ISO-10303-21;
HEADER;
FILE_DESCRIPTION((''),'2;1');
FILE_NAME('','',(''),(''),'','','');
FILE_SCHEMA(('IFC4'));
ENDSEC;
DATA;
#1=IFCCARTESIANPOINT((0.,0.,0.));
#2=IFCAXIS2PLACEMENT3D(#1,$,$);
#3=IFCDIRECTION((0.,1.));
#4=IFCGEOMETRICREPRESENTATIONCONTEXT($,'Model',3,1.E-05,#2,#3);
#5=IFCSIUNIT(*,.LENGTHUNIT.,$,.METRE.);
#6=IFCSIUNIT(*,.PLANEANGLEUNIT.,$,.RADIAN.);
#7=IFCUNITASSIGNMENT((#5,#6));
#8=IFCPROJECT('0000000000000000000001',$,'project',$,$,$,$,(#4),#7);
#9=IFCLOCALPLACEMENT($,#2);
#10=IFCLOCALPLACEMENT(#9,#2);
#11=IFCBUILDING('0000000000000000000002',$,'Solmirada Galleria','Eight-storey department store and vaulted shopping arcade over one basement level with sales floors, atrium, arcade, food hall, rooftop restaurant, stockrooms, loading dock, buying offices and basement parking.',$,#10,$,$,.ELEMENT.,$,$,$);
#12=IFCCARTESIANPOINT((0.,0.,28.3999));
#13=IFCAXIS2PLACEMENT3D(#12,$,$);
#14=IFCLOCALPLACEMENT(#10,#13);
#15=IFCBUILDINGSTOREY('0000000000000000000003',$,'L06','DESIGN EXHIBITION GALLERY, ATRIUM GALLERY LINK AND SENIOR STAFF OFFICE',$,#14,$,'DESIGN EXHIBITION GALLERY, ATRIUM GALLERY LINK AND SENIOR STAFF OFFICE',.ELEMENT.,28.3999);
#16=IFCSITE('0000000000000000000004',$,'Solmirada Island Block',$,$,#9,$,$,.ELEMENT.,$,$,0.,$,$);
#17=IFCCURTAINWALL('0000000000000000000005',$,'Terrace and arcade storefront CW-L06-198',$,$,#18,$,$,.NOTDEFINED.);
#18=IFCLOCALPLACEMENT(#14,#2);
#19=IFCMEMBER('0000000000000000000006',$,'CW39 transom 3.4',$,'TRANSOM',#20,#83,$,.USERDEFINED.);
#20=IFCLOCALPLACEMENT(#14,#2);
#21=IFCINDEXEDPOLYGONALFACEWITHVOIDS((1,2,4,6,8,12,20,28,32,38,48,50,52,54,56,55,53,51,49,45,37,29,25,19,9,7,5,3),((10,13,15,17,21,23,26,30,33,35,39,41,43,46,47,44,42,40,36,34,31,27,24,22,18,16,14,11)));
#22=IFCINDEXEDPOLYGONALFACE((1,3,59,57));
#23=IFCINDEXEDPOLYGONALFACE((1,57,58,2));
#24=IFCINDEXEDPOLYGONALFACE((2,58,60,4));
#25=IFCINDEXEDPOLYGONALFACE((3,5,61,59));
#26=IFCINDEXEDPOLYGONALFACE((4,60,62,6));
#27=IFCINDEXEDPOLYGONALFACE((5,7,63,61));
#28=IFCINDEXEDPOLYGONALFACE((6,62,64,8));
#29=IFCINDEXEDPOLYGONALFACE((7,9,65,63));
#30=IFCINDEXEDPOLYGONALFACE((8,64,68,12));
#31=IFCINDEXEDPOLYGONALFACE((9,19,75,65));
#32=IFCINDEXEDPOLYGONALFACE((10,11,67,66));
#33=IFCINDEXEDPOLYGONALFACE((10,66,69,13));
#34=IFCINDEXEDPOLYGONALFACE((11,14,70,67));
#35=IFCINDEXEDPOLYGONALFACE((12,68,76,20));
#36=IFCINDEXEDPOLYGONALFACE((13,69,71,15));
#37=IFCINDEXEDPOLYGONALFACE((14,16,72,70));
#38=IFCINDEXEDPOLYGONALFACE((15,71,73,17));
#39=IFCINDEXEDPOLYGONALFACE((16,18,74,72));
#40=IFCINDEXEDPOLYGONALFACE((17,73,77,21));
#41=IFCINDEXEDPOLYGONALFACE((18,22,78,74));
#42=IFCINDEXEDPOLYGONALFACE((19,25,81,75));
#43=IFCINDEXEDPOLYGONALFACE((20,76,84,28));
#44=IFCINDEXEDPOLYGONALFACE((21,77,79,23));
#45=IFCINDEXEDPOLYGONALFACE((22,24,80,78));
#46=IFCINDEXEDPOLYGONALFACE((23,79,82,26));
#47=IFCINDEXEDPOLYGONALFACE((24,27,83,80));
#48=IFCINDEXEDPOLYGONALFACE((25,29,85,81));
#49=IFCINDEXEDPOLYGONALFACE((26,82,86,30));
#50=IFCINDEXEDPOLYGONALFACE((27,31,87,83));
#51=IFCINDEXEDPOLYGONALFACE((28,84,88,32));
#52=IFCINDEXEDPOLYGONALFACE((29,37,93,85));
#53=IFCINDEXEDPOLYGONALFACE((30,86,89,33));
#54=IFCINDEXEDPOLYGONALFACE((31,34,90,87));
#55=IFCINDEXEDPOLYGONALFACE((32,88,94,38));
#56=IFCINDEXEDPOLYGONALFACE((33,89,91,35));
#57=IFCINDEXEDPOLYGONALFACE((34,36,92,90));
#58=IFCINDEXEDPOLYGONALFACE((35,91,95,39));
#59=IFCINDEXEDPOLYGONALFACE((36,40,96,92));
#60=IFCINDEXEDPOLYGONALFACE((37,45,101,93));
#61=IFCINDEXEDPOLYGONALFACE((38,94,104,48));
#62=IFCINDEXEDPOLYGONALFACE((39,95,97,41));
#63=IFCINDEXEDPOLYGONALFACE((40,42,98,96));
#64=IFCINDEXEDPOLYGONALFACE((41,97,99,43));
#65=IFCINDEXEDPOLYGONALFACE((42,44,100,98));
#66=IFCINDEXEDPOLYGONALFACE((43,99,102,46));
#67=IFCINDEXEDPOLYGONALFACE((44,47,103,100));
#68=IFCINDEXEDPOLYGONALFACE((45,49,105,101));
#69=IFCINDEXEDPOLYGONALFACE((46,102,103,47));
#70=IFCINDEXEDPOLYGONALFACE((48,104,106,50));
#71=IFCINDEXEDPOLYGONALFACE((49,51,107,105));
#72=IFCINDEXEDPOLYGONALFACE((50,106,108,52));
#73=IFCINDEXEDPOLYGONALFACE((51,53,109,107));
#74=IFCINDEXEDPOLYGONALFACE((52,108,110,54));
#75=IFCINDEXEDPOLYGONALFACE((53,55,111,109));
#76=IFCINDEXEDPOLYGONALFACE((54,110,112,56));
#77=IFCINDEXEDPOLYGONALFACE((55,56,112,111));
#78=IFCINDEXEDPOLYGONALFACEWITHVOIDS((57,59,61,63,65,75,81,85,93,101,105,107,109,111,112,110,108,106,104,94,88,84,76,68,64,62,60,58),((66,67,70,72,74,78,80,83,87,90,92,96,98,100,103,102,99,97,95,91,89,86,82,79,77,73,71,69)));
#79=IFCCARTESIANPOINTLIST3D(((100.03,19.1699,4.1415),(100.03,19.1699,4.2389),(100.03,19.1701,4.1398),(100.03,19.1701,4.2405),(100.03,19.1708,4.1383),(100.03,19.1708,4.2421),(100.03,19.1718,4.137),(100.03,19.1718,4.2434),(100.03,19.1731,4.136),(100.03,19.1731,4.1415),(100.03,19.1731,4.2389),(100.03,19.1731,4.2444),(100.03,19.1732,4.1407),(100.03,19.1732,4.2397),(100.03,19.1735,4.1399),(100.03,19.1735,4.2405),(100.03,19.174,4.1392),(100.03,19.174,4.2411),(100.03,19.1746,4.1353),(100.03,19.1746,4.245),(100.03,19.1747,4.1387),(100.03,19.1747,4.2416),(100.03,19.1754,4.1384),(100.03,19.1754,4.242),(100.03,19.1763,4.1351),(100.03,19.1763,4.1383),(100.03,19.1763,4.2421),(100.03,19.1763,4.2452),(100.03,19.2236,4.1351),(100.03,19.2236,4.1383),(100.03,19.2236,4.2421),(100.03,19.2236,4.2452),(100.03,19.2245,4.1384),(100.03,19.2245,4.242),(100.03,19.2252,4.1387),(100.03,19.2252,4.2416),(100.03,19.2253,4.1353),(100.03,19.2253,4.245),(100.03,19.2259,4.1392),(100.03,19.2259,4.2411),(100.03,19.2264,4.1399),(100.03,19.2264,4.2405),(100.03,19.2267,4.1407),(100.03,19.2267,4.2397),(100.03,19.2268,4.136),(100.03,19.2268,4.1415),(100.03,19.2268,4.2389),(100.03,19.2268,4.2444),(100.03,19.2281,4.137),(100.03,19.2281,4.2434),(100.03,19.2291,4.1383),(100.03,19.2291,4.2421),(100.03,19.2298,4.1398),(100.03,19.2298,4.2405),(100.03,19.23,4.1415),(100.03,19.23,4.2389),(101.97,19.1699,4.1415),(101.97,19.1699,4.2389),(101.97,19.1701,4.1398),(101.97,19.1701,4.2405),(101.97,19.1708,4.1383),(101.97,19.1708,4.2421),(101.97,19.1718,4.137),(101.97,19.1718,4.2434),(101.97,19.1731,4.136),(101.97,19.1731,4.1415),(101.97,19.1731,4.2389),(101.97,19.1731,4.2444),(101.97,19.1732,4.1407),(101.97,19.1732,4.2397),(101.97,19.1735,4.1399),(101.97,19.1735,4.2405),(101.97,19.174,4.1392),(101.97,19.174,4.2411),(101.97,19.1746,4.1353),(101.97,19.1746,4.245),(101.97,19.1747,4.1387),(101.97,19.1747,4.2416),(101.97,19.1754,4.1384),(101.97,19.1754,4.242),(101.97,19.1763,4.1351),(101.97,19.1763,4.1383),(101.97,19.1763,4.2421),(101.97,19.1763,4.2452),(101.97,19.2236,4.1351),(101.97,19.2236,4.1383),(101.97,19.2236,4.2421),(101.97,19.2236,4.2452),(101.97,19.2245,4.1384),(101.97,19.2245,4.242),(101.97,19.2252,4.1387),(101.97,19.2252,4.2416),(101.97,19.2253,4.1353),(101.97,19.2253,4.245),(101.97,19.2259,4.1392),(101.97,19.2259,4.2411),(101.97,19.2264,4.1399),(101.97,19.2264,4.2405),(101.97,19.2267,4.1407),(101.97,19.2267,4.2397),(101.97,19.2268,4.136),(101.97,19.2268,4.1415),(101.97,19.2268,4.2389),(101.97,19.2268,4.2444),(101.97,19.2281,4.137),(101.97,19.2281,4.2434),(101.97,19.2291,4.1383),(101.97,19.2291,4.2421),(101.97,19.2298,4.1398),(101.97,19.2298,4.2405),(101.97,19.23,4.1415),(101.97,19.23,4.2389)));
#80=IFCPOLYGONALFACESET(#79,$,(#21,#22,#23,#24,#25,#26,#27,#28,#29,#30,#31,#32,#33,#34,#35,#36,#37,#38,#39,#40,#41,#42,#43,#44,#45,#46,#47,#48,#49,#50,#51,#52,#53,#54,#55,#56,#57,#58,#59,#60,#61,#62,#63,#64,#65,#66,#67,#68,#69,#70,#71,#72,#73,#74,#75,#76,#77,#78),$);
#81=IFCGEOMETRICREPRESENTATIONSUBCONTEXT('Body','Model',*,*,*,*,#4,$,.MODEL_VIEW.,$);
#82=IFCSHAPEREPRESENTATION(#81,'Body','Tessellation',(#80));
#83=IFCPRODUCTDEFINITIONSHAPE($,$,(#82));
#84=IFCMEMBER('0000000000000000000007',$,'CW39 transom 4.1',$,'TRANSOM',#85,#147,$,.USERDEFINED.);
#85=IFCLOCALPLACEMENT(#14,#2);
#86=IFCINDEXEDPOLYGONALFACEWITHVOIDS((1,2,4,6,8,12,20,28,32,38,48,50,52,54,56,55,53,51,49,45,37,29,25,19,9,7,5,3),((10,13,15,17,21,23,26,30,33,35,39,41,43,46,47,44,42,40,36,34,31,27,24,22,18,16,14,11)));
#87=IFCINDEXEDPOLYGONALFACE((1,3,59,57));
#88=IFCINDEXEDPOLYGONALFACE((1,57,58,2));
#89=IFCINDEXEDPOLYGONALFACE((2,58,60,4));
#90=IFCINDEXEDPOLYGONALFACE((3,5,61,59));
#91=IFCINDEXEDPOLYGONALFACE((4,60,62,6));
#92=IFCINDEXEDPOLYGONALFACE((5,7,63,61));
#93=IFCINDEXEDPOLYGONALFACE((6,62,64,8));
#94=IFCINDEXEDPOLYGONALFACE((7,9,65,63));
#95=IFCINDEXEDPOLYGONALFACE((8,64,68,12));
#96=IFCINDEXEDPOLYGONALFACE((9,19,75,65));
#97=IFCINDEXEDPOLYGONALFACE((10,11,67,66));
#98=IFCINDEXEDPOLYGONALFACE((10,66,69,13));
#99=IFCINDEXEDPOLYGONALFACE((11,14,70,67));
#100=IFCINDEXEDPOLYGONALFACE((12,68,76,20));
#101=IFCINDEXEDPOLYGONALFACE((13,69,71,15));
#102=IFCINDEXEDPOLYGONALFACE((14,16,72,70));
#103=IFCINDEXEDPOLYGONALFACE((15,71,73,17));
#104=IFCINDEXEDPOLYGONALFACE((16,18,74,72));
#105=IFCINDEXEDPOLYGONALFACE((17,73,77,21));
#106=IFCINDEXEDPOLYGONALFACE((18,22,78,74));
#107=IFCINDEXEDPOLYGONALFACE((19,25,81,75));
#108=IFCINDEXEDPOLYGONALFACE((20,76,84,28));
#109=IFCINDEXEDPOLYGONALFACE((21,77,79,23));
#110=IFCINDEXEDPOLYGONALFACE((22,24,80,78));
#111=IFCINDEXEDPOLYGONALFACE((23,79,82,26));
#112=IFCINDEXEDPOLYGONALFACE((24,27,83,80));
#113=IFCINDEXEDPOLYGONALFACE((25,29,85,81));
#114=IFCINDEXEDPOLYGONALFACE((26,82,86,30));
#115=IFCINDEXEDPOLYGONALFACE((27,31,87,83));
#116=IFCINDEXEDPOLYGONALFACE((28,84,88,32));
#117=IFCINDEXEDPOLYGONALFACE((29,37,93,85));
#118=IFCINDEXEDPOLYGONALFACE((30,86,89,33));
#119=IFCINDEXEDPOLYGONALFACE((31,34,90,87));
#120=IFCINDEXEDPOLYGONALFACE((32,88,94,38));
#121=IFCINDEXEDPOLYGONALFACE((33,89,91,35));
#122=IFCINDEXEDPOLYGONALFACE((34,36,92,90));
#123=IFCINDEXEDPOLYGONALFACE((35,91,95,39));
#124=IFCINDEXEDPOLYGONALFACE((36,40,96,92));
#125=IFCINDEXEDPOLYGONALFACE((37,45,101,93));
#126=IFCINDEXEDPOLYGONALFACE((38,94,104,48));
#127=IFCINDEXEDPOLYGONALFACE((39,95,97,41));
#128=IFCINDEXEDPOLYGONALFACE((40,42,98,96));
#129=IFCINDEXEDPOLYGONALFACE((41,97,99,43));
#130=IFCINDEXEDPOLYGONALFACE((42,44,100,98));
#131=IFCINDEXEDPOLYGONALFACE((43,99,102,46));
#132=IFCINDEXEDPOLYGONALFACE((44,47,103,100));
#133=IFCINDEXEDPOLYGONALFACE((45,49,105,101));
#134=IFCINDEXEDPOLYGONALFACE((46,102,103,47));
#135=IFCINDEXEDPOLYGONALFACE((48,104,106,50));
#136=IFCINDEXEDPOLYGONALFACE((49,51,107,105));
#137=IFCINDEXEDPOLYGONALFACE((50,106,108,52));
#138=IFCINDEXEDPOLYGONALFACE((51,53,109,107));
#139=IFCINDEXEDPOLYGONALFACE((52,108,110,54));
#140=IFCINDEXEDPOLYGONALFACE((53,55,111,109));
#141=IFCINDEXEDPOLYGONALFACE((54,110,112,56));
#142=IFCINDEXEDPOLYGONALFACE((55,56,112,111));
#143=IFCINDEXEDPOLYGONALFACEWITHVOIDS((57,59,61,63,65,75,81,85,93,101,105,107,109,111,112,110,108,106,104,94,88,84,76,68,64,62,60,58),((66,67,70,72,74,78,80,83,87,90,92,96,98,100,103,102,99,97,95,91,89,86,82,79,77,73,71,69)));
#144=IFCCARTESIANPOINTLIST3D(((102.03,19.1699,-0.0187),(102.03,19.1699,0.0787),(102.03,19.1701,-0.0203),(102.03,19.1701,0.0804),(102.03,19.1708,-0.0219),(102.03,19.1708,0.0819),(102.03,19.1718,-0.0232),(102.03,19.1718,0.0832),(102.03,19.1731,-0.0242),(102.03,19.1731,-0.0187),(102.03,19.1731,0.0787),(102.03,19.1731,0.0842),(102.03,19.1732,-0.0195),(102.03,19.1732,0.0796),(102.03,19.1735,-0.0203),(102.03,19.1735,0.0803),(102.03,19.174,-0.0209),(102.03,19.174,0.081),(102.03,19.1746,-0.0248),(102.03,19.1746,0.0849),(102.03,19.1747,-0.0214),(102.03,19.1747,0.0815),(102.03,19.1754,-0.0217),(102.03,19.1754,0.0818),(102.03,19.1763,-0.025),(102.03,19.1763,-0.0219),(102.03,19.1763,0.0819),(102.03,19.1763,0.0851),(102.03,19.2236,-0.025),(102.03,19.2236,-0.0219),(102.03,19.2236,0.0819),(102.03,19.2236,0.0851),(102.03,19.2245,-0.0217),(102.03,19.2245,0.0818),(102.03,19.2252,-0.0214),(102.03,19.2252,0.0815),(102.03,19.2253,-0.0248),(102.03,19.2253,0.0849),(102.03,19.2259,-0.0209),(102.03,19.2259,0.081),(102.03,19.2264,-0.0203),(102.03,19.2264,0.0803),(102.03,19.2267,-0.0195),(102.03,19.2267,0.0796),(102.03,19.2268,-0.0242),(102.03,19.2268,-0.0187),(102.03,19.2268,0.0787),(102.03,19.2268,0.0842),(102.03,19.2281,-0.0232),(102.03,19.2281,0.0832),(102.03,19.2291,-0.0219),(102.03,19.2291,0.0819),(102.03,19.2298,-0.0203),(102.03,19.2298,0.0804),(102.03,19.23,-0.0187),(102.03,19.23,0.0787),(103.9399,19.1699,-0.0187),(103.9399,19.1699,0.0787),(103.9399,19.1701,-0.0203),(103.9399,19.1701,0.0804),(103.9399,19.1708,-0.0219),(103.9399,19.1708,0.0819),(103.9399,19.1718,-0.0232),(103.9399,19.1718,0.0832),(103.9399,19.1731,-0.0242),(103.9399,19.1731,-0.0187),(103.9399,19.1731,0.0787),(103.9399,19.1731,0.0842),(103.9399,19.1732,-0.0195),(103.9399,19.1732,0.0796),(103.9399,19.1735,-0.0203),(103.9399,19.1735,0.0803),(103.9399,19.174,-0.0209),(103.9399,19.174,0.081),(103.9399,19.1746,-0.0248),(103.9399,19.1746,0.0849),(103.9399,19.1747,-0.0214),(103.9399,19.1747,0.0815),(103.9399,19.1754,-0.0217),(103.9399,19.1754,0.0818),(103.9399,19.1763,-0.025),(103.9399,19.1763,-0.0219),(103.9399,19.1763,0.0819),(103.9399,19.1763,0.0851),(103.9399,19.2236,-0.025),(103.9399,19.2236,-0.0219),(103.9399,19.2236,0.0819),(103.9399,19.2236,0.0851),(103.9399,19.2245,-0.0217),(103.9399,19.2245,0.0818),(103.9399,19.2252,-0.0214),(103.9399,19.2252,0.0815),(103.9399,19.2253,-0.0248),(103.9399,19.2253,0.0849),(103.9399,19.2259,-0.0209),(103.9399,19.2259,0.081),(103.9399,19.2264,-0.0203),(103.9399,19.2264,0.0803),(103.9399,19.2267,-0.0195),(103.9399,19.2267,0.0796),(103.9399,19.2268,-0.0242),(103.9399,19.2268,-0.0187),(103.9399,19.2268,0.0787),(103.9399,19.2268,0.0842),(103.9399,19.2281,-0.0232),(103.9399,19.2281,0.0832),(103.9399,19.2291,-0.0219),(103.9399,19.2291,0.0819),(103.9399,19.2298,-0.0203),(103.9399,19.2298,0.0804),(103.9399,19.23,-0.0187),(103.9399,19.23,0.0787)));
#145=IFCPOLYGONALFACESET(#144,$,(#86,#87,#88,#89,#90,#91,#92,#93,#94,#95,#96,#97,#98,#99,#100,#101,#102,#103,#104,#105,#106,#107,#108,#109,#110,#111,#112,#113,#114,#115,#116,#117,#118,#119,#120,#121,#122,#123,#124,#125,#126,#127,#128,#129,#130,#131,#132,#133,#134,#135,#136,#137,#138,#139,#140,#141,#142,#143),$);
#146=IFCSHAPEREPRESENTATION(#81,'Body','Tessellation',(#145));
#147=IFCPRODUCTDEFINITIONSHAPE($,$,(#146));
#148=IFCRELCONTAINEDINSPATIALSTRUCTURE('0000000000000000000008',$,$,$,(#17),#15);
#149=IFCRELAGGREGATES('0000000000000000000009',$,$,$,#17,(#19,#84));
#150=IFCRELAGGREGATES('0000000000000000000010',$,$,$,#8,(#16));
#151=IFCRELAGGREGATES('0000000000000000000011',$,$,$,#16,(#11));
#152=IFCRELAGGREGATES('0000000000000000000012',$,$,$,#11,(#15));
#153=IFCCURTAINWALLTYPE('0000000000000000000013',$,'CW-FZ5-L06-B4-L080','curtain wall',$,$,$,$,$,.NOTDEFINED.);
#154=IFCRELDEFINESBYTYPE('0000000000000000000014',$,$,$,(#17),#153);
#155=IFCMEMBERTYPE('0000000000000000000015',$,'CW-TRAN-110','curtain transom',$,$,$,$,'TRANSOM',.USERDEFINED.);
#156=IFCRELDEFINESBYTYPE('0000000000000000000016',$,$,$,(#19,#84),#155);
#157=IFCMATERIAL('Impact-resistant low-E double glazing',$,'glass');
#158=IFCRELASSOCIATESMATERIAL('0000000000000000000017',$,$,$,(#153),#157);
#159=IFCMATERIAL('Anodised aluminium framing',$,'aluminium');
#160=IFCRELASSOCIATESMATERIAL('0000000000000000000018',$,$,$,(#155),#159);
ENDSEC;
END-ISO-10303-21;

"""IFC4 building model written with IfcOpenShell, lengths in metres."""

from ifc_helpers import new_model, si_unit, direction, frame, origin, origin_2d, place, context, subcontext, project, spatial, hollow_rectangle, extrude, material, material_profile, profile_set, type_object, element, aggregate, save


model = new_model("IFC4")

# Units and contexts
model_context = context("Model", 3, precision=1e-05, world=origin(), true_north=direction((0.0, 1.0)))
body_context = subcontext(model_context, "Body", "Model", "MODEL_VIEW")
ifc_project = project(units=[si_unit("LENGTHUNIT", "METRE"), si_unit("PLANEANGLEUNIT", "RADIAN")], contexts=[model_context])

# Site, building, storey
site_placement = place(None, origin())
site = spatial("IfcSite", under=ifc_project, at=site_placement, Name="Solmirada Island Block", CompositionType="ELEMENT", RefElevation=0.0)
building_placement = place(site_placement, origin())
building = spatial("IfcBuilding", under=site, at=building_placement, Name="Solmirada Galleria", Description="Eight-storey department store and vaulted shopping arcade over one basement level with sales floors, atrium, arcade, food hall, rooftop restaurant, stockrooms, loading dock, buying offices and basement parking.", CompositionType="ELEMENT")
storey_placement = place(building_placement, frame((0.0, 0.0, 28.3999)))
storey = spatial("IfcBuildingStorey", under=building, at=storey_placement, Name="L06", Description="DESIGN EXHIBITION GALLERY, ATRIUM GALLERY LINK AND SENIOR STAFF OFFICE", LongName="DESIGN EXHIBITION GALLERY, ATRIUM GALLERY LINK AND SENIOR STAFF OFFICE", CompositionType="ELEMENT", Elevation=28.3999)

# Curtain wall
ifc_material_1 = material(Name="Impact-resistant low-E double glazing", Category="glass")
curtain_wall_type = type_object("IfcCurtainWallType", Name="CW-FZ5-L06-B4-L080", Description="curtain wall", PredefinedType="NOTDEFINED", material=ifc_material_1)
curtain_wall_1_placement = place(storey_placement, origin())
curtain_wall_1 = element("IfcCurtainWall", 1, at=curtain_wall_1_placement, inside=storey, type_object=curtain_wall_type, Name="Terrace and arcade storefront CW-L06-198", PredefinedType="NOTDEFINED")
ifc_material_2 = material(Name="Anodised aluminium framing", Category="aluminium")

# Members
ifc_material_profile_1 = material_profile(ifc_material_2, hollow_rectangle(XDim=0.0601, YDim=0.1101, WallThickness=0.0032, InnerFilletRadius=0.0032, OuterFilletRadius=0.0063, at=origin_2d()), Name="ALU-TRAN-110X60")
ifc_profile_set_1 = profile_set([ifc_material_profile_1], Name="Anodised aluminium framing")
member_type_1 = type_object("IfcMemberType", Name="CW-TRAN-110", Description="curtain transom", ElementType="TRANSOM", PredefinedType="USERDEFINED", material=ifc_profile_set_1)
member_1_placement = place(storey_placement, frame((100.03, 19.2, 4.1902), z_axis=(1.0, 0.0, 0.0), x_axis=(0.0, 1.0, 0.0)))
member_1 = element("IfcMember", 2, at=member_1_placement, type_object=member_type_1, Name="CW39 transom 3.4", ObjectType="TRANSOM", PredefinedType="USERDEFINED", context=body_context, shape_type="SweptSolid", body=[
    extrude(hollow_rectangle(XDim=0.0601, YDim=0.1101, WallThickness=0.0032, InnerFilletRadius=0.0032, OuterFilletRadius=0.0063, at=origin_2d()), origin(), (0.0, 0.0, 1.0), 1.9399),
])
member_2_placement = place(storey_placement, frame((102.03, 19.2, 0.03), z_axis=(1.0, 0.0, 0.0), x_axis=(0.0, 1.0, 0.0)))
member_2 = element("IfcMember", 3, at=member_2_placement, type_object=member_type_1, Name="CW39 transom 4.1", ObjectType="TRANSOM", PredefinedType="USERDEFINED", context=body_context, shape_type="SweptSolid", body=[
    extrude(hollow_rectangle(XDim=0.0601, YDim=0.1101, WallThickness=0.0032, InnerFilletRadius=0.0032, OuterFilletRadius=0.0063, at=origin_2d()), origin(), (0.0, 0.0, 1.0), 1.9099),
])

aggregate(curtain_wall_1, [member_1, member_2])

save(model, "model.ifc")
